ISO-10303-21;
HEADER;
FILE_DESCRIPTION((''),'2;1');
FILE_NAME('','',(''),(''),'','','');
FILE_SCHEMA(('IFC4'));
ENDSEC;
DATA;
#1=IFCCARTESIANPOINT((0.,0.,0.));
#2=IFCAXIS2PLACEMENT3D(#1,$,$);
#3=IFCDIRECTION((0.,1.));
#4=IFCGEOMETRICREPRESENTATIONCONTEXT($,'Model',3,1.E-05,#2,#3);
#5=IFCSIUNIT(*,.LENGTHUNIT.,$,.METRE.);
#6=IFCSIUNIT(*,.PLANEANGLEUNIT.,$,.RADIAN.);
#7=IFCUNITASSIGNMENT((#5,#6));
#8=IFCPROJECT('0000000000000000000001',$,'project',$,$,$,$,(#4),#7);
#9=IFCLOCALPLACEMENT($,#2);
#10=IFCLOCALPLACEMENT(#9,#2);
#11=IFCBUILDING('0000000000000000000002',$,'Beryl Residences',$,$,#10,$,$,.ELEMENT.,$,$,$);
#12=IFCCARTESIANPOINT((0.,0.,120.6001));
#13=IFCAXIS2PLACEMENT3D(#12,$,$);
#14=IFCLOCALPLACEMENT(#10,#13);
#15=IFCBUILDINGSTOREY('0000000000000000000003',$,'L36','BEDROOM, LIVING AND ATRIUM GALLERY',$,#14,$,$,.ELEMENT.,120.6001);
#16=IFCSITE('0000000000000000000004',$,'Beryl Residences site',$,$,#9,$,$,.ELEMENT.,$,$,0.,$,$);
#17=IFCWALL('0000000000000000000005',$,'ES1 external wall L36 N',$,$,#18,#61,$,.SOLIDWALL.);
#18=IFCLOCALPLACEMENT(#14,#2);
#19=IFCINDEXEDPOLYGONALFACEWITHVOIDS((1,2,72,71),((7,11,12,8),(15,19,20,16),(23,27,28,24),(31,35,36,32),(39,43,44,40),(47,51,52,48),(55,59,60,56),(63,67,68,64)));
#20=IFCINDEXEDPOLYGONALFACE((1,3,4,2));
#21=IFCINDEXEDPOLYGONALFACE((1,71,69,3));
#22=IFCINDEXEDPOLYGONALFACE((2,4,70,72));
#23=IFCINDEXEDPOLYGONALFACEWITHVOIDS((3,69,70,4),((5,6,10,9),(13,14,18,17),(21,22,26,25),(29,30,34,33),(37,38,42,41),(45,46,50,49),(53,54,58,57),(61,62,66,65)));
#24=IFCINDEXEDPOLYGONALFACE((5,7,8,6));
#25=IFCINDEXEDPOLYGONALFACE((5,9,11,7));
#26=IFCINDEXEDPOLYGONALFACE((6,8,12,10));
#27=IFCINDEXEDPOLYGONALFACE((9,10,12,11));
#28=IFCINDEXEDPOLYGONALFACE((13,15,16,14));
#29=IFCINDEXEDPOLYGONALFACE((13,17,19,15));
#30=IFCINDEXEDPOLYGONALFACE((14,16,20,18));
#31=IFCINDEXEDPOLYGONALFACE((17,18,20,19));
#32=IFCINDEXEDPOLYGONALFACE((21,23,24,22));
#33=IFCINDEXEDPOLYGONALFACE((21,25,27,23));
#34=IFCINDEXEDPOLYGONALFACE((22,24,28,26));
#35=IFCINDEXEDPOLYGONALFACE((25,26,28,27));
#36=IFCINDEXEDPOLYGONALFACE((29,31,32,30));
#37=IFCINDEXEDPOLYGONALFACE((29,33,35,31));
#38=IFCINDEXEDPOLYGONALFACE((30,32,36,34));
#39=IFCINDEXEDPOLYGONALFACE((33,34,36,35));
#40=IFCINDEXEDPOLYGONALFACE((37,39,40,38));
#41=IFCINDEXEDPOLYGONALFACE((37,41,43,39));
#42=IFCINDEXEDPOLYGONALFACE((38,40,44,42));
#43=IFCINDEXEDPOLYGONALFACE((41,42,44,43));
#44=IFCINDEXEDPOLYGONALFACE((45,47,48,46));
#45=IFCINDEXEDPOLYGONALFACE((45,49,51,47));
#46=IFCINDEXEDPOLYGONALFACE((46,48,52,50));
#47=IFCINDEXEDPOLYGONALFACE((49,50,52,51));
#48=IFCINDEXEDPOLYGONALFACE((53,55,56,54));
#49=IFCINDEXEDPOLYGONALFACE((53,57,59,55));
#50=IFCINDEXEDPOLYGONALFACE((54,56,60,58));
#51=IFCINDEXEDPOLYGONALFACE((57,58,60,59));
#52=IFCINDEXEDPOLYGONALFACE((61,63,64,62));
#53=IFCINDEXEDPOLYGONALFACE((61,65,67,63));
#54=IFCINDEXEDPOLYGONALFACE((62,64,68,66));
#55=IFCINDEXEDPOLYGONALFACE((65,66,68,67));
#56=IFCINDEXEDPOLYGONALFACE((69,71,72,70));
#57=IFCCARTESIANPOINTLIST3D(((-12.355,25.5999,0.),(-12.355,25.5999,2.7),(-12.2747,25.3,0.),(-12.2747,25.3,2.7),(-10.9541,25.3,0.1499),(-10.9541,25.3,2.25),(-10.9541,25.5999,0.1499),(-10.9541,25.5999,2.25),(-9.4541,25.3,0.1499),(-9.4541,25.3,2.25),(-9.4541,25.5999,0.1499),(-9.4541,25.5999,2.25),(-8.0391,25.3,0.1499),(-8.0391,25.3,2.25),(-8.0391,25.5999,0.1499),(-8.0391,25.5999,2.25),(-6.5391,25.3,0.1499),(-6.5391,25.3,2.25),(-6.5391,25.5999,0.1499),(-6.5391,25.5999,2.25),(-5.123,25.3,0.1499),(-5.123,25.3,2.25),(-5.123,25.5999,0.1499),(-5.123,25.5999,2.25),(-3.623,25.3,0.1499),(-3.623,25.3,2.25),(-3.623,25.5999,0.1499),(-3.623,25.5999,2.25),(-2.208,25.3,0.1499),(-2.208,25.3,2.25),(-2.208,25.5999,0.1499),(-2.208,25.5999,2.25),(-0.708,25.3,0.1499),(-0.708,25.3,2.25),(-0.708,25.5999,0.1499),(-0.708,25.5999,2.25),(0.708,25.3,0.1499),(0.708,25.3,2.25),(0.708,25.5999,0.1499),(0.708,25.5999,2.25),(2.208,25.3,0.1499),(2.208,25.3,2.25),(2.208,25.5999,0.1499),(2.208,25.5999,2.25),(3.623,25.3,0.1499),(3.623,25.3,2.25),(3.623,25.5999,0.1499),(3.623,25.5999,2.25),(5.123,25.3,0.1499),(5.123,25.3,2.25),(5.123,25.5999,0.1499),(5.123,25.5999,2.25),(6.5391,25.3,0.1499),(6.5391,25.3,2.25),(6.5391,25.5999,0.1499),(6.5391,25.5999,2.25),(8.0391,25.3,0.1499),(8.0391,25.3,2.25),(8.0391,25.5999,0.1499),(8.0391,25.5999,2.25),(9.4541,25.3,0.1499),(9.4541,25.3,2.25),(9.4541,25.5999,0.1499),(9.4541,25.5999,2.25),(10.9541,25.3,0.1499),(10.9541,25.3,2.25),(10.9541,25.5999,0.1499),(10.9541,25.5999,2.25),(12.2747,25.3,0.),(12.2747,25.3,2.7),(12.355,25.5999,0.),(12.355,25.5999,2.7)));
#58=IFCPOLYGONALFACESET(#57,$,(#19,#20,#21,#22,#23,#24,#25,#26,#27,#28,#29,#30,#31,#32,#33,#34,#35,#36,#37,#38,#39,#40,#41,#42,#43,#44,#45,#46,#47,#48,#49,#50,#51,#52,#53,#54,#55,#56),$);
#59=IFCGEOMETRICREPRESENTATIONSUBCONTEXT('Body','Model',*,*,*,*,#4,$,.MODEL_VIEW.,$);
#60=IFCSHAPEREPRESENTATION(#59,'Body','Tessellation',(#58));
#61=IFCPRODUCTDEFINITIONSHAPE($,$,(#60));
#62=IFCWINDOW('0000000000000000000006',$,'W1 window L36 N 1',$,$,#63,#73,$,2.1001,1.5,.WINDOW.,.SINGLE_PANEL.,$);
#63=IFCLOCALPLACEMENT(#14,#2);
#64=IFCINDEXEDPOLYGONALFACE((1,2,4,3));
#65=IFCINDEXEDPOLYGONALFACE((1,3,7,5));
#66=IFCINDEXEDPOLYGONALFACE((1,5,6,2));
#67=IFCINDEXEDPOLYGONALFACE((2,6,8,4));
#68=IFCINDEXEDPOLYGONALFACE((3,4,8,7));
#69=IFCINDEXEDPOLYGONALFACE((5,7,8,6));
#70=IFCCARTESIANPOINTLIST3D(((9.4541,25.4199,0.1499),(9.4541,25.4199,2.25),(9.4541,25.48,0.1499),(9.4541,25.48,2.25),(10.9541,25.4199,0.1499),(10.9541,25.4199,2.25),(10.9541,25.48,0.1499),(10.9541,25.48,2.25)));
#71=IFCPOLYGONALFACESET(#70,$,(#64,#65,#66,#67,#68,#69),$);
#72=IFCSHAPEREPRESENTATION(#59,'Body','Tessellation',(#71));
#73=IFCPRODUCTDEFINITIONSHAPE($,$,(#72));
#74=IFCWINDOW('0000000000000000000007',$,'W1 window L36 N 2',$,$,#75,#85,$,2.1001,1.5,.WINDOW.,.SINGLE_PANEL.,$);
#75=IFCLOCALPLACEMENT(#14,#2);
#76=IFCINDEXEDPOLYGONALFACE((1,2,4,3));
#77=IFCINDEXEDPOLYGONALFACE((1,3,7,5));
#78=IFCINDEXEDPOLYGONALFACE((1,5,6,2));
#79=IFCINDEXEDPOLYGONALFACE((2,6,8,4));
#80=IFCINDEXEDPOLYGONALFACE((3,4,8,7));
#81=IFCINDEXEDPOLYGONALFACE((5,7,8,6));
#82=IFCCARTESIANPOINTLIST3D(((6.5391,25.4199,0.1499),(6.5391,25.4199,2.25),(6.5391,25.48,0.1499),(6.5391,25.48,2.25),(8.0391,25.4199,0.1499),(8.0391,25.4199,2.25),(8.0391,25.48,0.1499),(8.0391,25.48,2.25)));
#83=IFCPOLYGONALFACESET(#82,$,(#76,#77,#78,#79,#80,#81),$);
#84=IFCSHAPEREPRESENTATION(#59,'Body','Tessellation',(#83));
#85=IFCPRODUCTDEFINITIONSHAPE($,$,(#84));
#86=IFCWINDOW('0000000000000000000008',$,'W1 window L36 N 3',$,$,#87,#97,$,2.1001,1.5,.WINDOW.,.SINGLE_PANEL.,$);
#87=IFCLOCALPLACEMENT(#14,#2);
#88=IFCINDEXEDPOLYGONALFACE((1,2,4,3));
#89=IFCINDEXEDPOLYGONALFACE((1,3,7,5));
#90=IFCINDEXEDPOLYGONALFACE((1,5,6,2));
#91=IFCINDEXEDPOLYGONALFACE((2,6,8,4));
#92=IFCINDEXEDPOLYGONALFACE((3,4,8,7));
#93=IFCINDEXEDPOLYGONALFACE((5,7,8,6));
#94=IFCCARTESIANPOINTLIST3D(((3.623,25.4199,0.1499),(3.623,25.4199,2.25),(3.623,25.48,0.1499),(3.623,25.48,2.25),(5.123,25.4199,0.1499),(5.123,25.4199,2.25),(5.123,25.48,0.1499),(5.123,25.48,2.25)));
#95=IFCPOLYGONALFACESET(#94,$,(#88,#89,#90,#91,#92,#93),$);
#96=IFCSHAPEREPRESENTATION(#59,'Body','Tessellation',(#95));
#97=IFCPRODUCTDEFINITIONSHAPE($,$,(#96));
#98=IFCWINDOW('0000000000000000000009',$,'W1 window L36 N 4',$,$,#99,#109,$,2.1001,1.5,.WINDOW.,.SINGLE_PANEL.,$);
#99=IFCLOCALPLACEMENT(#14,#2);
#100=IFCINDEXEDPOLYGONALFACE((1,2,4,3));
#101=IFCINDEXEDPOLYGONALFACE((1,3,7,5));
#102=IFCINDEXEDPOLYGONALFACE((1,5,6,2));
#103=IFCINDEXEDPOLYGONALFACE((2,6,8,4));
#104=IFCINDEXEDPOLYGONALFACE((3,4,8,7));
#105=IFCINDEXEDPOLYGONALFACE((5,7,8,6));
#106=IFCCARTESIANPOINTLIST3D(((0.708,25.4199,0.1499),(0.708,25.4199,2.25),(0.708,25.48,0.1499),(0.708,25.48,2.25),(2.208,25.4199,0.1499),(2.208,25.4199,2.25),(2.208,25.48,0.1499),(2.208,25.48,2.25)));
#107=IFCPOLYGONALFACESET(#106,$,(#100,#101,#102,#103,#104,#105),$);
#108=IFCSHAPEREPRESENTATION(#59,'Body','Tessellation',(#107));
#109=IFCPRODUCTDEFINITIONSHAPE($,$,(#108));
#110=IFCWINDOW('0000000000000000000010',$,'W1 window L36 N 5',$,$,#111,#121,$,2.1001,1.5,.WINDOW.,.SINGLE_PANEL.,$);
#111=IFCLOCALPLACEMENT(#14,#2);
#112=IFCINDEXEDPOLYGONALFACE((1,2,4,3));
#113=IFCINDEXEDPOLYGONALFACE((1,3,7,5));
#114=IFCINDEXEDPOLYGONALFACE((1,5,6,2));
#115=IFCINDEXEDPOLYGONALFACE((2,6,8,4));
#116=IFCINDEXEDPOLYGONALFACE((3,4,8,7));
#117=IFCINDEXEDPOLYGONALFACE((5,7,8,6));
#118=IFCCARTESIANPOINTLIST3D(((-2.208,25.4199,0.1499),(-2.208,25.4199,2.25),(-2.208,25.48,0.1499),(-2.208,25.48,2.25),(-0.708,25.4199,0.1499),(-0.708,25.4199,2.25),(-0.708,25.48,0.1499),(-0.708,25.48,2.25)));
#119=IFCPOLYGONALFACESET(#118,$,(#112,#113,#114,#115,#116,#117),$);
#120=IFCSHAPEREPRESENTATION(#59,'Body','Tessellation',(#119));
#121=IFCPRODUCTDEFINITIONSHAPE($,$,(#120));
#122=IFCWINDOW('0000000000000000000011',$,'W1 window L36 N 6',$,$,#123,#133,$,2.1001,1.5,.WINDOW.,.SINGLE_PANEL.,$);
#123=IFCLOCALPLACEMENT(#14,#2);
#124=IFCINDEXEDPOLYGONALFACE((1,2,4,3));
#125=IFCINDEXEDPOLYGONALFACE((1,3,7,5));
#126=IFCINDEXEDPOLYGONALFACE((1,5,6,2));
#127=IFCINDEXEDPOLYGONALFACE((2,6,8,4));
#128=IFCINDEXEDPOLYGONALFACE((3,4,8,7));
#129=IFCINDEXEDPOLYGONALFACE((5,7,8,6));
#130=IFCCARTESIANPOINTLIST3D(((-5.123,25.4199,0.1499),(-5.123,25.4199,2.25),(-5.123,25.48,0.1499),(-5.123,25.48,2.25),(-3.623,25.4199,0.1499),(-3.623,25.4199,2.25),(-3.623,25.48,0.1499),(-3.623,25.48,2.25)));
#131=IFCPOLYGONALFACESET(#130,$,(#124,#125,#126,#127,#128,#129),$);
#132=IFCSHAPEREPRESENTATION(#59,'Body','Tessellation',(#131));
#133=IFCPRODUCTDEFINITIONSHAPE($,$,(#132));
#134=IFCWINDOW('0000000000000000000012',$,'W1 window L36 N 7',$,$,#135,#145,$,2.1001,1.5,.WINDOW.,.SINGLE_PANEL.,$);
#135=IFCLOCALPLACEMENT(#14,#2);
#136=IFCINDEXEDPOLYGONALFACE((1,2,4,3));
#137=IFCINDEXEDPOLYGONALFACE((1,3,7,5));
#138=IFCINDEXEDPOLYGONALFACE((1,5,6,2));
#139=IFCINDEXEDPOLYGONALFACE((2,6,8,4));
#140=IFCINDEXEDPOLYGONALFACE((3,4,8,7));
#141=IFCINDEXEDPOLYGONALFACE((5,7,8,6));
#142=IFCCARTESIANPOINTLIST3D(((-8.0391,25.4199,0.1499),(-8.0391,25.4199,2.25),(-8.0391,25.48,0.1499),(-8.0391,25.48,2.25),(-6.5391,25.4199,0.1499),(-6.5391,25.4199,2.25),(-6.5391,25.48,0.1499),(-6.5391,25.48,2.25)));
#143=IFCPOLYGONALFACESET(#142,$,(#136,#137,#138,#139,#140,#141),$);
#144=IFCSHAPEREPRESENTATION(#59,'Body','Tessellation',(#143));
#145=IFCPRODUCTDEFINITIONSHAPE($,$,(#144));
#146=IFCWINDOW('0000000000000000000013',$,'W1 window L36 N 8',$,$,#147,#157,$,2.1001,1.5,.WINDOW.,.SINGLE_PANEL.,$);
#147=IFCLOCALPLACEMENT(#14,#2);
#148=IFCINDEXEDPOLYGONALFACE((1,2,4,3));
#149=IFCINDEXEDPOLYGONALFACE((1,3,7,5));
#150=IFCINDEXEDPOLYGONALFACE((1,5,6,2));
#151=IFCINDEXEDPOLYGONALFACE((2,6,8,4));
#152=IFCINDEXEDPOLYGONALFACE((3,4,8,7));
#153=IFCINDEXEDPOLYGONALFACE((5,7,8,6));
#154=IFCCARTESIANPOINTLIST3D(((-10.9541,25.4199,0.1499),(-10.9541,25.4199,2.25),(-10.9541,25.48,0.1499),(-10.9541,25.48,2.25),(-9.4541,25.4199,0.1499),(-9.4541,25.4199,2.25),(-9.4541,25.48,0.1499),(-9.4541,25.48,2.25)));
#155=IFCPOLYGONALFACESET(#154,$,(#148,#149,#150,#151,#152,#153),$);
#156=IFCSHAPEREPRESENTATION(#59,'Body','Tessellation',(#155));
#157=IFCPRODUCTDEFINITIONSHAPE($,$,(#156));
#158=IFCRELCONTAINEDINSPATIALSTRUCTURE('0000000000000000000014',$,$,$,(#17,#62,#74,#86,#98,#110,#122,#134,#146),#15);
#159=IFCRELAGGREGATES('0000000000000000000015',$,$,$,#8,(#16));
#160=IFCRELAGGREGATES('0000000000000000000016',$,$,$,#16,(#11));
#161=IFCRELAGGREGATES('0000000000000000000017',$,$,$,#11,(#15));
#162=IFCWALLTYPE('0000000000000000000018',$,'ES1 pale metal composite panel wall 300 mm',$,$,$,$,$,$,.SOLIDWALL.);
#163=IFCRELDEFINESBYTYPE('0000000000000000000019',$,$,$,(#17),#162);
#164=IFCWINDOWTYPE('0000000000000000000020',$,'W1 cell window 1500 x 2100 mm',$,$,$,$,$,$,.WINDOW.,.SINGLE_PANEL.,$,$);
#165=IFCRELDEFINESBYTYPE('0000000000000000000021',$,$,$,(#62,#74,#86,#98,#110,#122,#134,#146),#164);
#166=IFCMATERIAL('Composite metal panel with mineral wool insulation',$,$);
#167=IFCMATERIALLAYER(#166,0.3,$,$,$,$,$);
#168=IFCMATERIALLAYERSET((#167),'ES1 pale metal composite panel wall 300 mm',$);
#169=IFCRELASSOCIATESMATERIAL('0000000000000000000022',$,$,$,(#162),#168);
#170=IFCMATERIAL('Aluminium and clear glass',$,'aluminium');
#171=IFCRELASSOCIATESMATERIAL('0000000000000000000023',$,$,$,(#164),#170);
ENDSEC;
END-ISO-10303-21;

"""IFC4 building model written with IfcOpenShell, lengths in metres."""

from ifc_helpers import new_model, si_unit, direction, frame, frame_2d, origin, place, context, subcontext, project, spatial, polyline, rectangle, outline, extrude, material, layer, layer_set, type_object, element, fill, save


model = new_model("IFC4")

# Units and contexts
model_context = context("Model", 3, precision=1e-05, world=origin(), true_north=direction((0.0, 1.0)))
body_context = subcontext(model_context, "Body", "Model", "MODEL_VIEW")
ifc_project = project(units=[si_unit("LENGTHUNIT", "METRE"), si_unit("PLANEANGLEUNIT", "RADIAN")], contexts=[model_context])

# Site, building, storey
site_placement = place(None, origin())
site = spatial("IfcSite", under=ifc_project, at=site_placement, Name="Beryl Residences site", CompositionType="ELEMENT", RefElevation=0.0)
building_placement = place(site_placement, origin())
building = spatial("IfcBuilding", under=site, at=building_placement, Name="Beryl Residences", CompositionType="ELEMENT")
storey_placement = place(building_placement, frame((0.0, 0.0, 120.6001)))
storey = spatial("IfcBuildingStorey", under=building, at=storey_placement, Name="L36", Description="BEDROOM, LIVING AND ATRIUM GALLERY", CompositionType="ELEMENT", Elevation=120.6001)

# Wall, openings, windows
ifc_material_1 = material(Name="Composite metal panel with mineral wool insulation")
ifc_layer_1 = layer(ifc_material_1, 0.3)
ifc_layer_set_1 = layer_set([ifc_layer_1], Name="ES1 pale metal composite panel wall 300 mm")
wall_type_1 = type_object("IfcWallType", Name="ES1 pale metal composite panel wall 300 mm", PredefinedType="SOLIDWALL", material=ifc_layer_set_1)
wall_1_placement = place(storey_placement, frame((12.355, 25.45, 0.0), z_axis=(0.0, 0.0, 1.0), x_axis=(-1.0, 0.0, 0.0)))
wall_1 = element("IfcWall", 1, at=wall_1_placement, inside=storey, type_object=wall_type_1, Name="ES1 external wall L36 N", PredefinedType="SOLIDWALL", context=body_context, shape_type="SweptSolid", body=[
    extrude(outline(polyline([(0.0, -0.1499), (24.71, -0.1499), (24.6296, 0.1499), (0.0803, 0.1499), (0.0, -0.1499)])), origin(), (0.0, 0.0, 1.0), 2.7),
])
opening_1_placement = place(wall_1_placement, frame((1.4009, 0.0, 0.1499)))
opening_1 = element("IfcOpeningElement", 2, at=opening_1_placement, cuts=wall_1, PredefinedType="OPENING", context=body_context, shape_type="SweptSolid", body=[
    extrude(rectangle(XDim=1.5, YDim=2.1001, at=frame_2d((0.75, 1.05))), frame((0.0, 0.1599, 0.0), z_axis=(0.0, -1.0, 0.0), x_axis=(1.0, 0.0, 0.0)), (0.0, 0.0, 1.0), 0.3201),
])
opening_2_placement = place(wall_1_placement, frame((4.3159, 0.0, 0.1499)))
opening_2 = element("IfcOpeningElement", 3, at=opening_2_placement, cuts=wall_1, PredefinedType="OPENING", context=body_context, shape_type="SweptSolid", body=[
    extrude(rectangle(XDim=1.5, YDim=2.1001, at=frame_2d((0.75, 1.05))), frame((0.0, 0.1599, 0.0), z_axis=(0.0, -1.0, 0.0), x_axis=(1.0, 0.0, 0.0)), (0.0, 0.0, 1.0), 0.3201),
])
opening_3_placement = place(wall_1_placement, frame((7.2319, 0.0, 0.1499)))
opening_3 = element("IfcOpeningElement", 4, at=opening_3_placement, cuts=wall_1, PredefinedType="OPENING", context=body_context, shape_type="SweptSolid", body=[
    extrude(rectangle(XDim=1.5, YDim=2.1001, at=frame_2d((0.75, 1.05))), frame((0.0, 0.1599, 0.0), z_axis=(0.0, -1.0, 0.0), x_axis=(1.0, 0.0, 0.0)), (0.0, 0.0, 1.0), 0.3201),
])
opening_4_placement = place(wall_1_placement, frame((10.147, 0.0, 0.1499)))
opening_4 = element("IfcOpeningElement", 5, at=opening_4_placement, cuts=wall_1, PredefinedType="OPENING", context=body_context, shape_type="SweptSolid", body=[
    extrude(rectangle(XDim=1.5, YDim=2.1001, at=frame_2d((0.75, 1.05))), frame((0.0, 0.1599, 0.0), z_axis=(0.0, -1.0, 0.0), x_axis=(1.0, 0.0, 0.0)), (0.0, 0.0, 1.0), 0.3201),
])
opening_5_placement = place(wall_1_placement, frame((13.063, 0.0, 0.1499)))
opening_5 = element("IfcOpeningElement", 6, at=opening_5_placement, cuts=wall_1, PredefinedType="OPENING", context=body_context, shape_type="SweptSolid", body=[
    extrude(rectangle(XDim=1.5, YDim=2.1001, at=frame_2d((0.75, 1.05))), frame((0.0, 0.1599, 0.0), z_axis=(0.0, -1.0, 0.0), x_axis=(1.0, 0.0, 0.0)), (0.0, 0.0, 1.0), 0.3201),
])
opening_6_placement = place(wall_1_placement, frame((15.978, 0.0, 0.1499)))
opening_6 = element("IfcOpeningElement", 7, at=opening_6_placement, cuts=wall_1, PredefinedType="OPENING", context=body_context, shape_type="SweptSolid", body=[
    extrude(rectangle(XDim=1.5, YDim=2.1001, at=frame_2d((0.75, 1.05))), frame((0.0, 0.1599, 0.0), z_axis=(0.0, -1.0, 0.0), x_axis=(1.0, 0.0, 0.0)), (0.0, 0.0, 1.0), 0.3201),
])
opening_7_placement = place(wall_1_placement, frame((18.894, 0.0, 0.1499)))
opening_7 = element("IfcOpeningElement", 8, at=opening_7_placement, cuts=wall_1, PredefinedType="OPENING", context=body_context, shape_type="SweptSolid", body=[
    extrude(rectangle(XDim=1.5, YDim=2.1001, at=frame_2d((0.75, 1.05))), frame((0.0, 0.1599, 0.0), z_axis=(0.0, -1.0, 0.0), x_axis=(1.0, 0.0, 0.0)), (0.0, 0.0, 1.0), 0.3201),
])
opening_8_placement = place(wall_1_placement, frame((21.8091, 0.0, 0.1499)))
opening_8 = element("IfcOpeningElement", 9, at=opening_8_placement, cuts=wall_1, PredefinedType="OPENING", context=body_context, shape_type="SweptSolid", body=[
    extrude(rectangle(XDim=1.5, YDim=2.1001, at=frame_2d((0.75, 1.05))), frame((0.0, 0.1599, 0.0), z_axis=(0.0, -1.0, 0.0), x_axis=(1.0, 0.0, 0.0)), (0.0, 0.0, 1.0), 0.3201),
])
ifc_material_2 = material(Name="Aluminium and clear glass", Category="aluminium")
window_type_1 = type_object("IfcWindowType", Name="W1 cell window 1500 x 2100 mm", PartitioningType="SINGLE_PANEL", PredefinedType="WINDOW", material=ifc_material_2)
window_1_placement = place(opening_1_placement, origin())
window_1 = element("IfcWindow", 10, at=window_1_placement, inside=storey, type_object=window_type_1, Name="W1 window L36 N 1", OverallHeight=2.1001, OverallWidth=1.5, PartitioningType="SINGLE_PANEL", PredefinedType="WINDOW", context=body_context, shape_type="SweptSolid", body=[
    extrude(rectangle(XDim=1.5, YDim=2.1001, at=frame_2d((0.75, 1.05))), frame((0.0, 0.03, 0.0), z_axis=(0.0, -1.0, 0.0), x_axis=(1.0, 0.0, 0.0)), (0.0, 0.0, 1.0), 0.0601),
])
fill(opening_1, window_1)
window_2_placement = place(opening_2_placement, origin())
window_2 = element("IfcWindow", 11, at=window_2_placement, inside=storey, type_object=window_type_1, Name="W1 window L36 N 2", OverallHeight=2.1001, OverallWidth=1.5, PartitioningType="SINGLE_PANEL", PredefinedType="WINDOW", context=body_context, shape_type="SweptSolid", body=[
    extrude(rectangle(XDim=1.5, YDim=2.1001, at=frame_2d((0.75, 1.05))), frame((0.0, 0.03, 0.0), z_axis=(0.0, -1.0, 0.0), x_axis=(1.0, 0.0, 0.0)), (0.0, 0.0, 1.0), 0.0601),
])
fill(opening_2, window_2)
window_3_placement = place(opening_3_placement, origin())
window_3 = element("IfcWindow", 12, at=window_3_placement, inside=storey, type_object=window_type_1, Name="W1 window L36 N 3", OverallHeight=2.1001, OverallWidth=1.5, PartitioningType="SINGLE_PANEL", PredefinedType="WINDOW", context=body_context, shape_type="SweptSolid", body=[
    extrude(rectangle(XDim=1.5, YDim=2.1001, at=frame_2d((0.75, 1.05))), frame((0.0, 0.03, 0.0), z_axis=(0.0, -1.0, 0.0), x_axis=(1.0, 0.0, 0.0)), (0.0, 0.0, 1.0), 0.0601),
])
fill(opening_3, window_3)
window_4_placement = place(opening_4_placement, origin())
window_4 = element("IfcWindow", 13, at=window_4_placement, inside=storey, type_object=window_type_1, Name="W1 window L36 N 4", OverallHeight=2.1001, OverallWidth=1.5, PartitioningType="SINGLE_PANEL", PredefinedType="WINDOW", context=body_context, shape_type="SweptSolid", body=[
    extrude(rectangle(XDim=1.5, YDim=2.1001, at=frame_2d((0.75, 1.05))), frame((0.0, 0.03, 0.0), z_axis=(0.0, -1.0, 0.0), x_axis=(1.0, 0.0, 0.0)), (0.0, 0.0, 1.0), 0.0601),
])
fill(opening_4, window_4)
window_5_placement = place(opening_5_placement, origin())
window_5 = element("IfcWindow", 14, at=window_5_placement, inside=storey, type_object=window_type_1, Name="W1 window L36 N 5", OverallHeight=2.1001, OverallWidth=1.5, PartitioningType="SINGLE_PANEL", PredefinedType="WINDOW", context=body_context, shape_type="SweptSolid", body=[
    extrude(rectangle(XDim=1.5, YDim=2.1001, at=frame_2d((0.75, 1.05))), frame((0.0, 0.03, 0.0), z_axis=(0.0, -1.0, 0.0), x_axis=(1.0, 0.0, 0.0)), (0.0, 0.0, 1.0), 0.0601),
])
fill(opening_5, window_5)
window_6_placement = place(opening_6_placement, origin())
window_6 = element("IfcWindow", 15, at=window_6_placement, inside=storey, type_object=window_type_1, Name="W1 window L36 N 6", OverallHeight=2.1001, OverallWidth=1.5, PartitioningType="SINGLE_PANEL", PredefinedType="WINDOW", context=body_context, shape_type="SweptSolid", body=[
    extrude(rectangle(XDim=1.5, YDim=2.1001, at=frame_2d((0.75, 1.05))), frame((0.0, 0.03, 0.0), z_axis=(0.0, -1.0, 0.0), x_axis=(1.0, 0.0, 0.0)), (0.0, 0.0, 1.0), 0.0601),
])
fill(opening_6, window_6)
window_7_placement = place(opening_7_placement, origin())
window_7 = element("IfcWindow", 16, at=window_7_placement, inside=storey, type_object=window_type_1, Name="W1 window L36 N 7", OverallHeight=2.1001, OverallWidth=1.5, PartitioningType="SINGLE_PANEL", PredefinedType="WINDOW", context=body_context, shape_type="SweptSolid", body=[
    extrude(rectangle(XDim=1.5, YDim=2.1001, at=frame_2d((0.75, 1.05))), frame((0.0, 0.03, 0.0), z_axis=(0.0, -1.0, 0.0), x_axis=(1.0, 0.0, 0.0)), (0.0, 0.0, 1.0), 0.0601),
])
fill(opening_7, window_7)
window_8_placement = place(opening_8_placement, origin())
window_8 = element("IfcWindow", 17, at=window_8_placement, inside=storey, type_object=window_type_1, Name="W1 window L36 N 8", OverallHeight=2.1001, OverallWidth=1.5, PartitioningType="SINGLE_PANEL", PredefinedType="WINDOW", context=body_context, shape_type="SweptSolid", body=[
    extrude(rectangle(XDim=1.5, YDim=2.1001, at=frame_2d((0.75, 1.05))), frame((0.0, 0.03, 0.0), z_axis=(0.0, -1.0, 0.0), x_axis=(1.0, 0.0, 0.0)), (0.0, 0.0, 1.0), 0.0601),
])
fill(opening_8, window_8)

save(model, "model.ifc")
